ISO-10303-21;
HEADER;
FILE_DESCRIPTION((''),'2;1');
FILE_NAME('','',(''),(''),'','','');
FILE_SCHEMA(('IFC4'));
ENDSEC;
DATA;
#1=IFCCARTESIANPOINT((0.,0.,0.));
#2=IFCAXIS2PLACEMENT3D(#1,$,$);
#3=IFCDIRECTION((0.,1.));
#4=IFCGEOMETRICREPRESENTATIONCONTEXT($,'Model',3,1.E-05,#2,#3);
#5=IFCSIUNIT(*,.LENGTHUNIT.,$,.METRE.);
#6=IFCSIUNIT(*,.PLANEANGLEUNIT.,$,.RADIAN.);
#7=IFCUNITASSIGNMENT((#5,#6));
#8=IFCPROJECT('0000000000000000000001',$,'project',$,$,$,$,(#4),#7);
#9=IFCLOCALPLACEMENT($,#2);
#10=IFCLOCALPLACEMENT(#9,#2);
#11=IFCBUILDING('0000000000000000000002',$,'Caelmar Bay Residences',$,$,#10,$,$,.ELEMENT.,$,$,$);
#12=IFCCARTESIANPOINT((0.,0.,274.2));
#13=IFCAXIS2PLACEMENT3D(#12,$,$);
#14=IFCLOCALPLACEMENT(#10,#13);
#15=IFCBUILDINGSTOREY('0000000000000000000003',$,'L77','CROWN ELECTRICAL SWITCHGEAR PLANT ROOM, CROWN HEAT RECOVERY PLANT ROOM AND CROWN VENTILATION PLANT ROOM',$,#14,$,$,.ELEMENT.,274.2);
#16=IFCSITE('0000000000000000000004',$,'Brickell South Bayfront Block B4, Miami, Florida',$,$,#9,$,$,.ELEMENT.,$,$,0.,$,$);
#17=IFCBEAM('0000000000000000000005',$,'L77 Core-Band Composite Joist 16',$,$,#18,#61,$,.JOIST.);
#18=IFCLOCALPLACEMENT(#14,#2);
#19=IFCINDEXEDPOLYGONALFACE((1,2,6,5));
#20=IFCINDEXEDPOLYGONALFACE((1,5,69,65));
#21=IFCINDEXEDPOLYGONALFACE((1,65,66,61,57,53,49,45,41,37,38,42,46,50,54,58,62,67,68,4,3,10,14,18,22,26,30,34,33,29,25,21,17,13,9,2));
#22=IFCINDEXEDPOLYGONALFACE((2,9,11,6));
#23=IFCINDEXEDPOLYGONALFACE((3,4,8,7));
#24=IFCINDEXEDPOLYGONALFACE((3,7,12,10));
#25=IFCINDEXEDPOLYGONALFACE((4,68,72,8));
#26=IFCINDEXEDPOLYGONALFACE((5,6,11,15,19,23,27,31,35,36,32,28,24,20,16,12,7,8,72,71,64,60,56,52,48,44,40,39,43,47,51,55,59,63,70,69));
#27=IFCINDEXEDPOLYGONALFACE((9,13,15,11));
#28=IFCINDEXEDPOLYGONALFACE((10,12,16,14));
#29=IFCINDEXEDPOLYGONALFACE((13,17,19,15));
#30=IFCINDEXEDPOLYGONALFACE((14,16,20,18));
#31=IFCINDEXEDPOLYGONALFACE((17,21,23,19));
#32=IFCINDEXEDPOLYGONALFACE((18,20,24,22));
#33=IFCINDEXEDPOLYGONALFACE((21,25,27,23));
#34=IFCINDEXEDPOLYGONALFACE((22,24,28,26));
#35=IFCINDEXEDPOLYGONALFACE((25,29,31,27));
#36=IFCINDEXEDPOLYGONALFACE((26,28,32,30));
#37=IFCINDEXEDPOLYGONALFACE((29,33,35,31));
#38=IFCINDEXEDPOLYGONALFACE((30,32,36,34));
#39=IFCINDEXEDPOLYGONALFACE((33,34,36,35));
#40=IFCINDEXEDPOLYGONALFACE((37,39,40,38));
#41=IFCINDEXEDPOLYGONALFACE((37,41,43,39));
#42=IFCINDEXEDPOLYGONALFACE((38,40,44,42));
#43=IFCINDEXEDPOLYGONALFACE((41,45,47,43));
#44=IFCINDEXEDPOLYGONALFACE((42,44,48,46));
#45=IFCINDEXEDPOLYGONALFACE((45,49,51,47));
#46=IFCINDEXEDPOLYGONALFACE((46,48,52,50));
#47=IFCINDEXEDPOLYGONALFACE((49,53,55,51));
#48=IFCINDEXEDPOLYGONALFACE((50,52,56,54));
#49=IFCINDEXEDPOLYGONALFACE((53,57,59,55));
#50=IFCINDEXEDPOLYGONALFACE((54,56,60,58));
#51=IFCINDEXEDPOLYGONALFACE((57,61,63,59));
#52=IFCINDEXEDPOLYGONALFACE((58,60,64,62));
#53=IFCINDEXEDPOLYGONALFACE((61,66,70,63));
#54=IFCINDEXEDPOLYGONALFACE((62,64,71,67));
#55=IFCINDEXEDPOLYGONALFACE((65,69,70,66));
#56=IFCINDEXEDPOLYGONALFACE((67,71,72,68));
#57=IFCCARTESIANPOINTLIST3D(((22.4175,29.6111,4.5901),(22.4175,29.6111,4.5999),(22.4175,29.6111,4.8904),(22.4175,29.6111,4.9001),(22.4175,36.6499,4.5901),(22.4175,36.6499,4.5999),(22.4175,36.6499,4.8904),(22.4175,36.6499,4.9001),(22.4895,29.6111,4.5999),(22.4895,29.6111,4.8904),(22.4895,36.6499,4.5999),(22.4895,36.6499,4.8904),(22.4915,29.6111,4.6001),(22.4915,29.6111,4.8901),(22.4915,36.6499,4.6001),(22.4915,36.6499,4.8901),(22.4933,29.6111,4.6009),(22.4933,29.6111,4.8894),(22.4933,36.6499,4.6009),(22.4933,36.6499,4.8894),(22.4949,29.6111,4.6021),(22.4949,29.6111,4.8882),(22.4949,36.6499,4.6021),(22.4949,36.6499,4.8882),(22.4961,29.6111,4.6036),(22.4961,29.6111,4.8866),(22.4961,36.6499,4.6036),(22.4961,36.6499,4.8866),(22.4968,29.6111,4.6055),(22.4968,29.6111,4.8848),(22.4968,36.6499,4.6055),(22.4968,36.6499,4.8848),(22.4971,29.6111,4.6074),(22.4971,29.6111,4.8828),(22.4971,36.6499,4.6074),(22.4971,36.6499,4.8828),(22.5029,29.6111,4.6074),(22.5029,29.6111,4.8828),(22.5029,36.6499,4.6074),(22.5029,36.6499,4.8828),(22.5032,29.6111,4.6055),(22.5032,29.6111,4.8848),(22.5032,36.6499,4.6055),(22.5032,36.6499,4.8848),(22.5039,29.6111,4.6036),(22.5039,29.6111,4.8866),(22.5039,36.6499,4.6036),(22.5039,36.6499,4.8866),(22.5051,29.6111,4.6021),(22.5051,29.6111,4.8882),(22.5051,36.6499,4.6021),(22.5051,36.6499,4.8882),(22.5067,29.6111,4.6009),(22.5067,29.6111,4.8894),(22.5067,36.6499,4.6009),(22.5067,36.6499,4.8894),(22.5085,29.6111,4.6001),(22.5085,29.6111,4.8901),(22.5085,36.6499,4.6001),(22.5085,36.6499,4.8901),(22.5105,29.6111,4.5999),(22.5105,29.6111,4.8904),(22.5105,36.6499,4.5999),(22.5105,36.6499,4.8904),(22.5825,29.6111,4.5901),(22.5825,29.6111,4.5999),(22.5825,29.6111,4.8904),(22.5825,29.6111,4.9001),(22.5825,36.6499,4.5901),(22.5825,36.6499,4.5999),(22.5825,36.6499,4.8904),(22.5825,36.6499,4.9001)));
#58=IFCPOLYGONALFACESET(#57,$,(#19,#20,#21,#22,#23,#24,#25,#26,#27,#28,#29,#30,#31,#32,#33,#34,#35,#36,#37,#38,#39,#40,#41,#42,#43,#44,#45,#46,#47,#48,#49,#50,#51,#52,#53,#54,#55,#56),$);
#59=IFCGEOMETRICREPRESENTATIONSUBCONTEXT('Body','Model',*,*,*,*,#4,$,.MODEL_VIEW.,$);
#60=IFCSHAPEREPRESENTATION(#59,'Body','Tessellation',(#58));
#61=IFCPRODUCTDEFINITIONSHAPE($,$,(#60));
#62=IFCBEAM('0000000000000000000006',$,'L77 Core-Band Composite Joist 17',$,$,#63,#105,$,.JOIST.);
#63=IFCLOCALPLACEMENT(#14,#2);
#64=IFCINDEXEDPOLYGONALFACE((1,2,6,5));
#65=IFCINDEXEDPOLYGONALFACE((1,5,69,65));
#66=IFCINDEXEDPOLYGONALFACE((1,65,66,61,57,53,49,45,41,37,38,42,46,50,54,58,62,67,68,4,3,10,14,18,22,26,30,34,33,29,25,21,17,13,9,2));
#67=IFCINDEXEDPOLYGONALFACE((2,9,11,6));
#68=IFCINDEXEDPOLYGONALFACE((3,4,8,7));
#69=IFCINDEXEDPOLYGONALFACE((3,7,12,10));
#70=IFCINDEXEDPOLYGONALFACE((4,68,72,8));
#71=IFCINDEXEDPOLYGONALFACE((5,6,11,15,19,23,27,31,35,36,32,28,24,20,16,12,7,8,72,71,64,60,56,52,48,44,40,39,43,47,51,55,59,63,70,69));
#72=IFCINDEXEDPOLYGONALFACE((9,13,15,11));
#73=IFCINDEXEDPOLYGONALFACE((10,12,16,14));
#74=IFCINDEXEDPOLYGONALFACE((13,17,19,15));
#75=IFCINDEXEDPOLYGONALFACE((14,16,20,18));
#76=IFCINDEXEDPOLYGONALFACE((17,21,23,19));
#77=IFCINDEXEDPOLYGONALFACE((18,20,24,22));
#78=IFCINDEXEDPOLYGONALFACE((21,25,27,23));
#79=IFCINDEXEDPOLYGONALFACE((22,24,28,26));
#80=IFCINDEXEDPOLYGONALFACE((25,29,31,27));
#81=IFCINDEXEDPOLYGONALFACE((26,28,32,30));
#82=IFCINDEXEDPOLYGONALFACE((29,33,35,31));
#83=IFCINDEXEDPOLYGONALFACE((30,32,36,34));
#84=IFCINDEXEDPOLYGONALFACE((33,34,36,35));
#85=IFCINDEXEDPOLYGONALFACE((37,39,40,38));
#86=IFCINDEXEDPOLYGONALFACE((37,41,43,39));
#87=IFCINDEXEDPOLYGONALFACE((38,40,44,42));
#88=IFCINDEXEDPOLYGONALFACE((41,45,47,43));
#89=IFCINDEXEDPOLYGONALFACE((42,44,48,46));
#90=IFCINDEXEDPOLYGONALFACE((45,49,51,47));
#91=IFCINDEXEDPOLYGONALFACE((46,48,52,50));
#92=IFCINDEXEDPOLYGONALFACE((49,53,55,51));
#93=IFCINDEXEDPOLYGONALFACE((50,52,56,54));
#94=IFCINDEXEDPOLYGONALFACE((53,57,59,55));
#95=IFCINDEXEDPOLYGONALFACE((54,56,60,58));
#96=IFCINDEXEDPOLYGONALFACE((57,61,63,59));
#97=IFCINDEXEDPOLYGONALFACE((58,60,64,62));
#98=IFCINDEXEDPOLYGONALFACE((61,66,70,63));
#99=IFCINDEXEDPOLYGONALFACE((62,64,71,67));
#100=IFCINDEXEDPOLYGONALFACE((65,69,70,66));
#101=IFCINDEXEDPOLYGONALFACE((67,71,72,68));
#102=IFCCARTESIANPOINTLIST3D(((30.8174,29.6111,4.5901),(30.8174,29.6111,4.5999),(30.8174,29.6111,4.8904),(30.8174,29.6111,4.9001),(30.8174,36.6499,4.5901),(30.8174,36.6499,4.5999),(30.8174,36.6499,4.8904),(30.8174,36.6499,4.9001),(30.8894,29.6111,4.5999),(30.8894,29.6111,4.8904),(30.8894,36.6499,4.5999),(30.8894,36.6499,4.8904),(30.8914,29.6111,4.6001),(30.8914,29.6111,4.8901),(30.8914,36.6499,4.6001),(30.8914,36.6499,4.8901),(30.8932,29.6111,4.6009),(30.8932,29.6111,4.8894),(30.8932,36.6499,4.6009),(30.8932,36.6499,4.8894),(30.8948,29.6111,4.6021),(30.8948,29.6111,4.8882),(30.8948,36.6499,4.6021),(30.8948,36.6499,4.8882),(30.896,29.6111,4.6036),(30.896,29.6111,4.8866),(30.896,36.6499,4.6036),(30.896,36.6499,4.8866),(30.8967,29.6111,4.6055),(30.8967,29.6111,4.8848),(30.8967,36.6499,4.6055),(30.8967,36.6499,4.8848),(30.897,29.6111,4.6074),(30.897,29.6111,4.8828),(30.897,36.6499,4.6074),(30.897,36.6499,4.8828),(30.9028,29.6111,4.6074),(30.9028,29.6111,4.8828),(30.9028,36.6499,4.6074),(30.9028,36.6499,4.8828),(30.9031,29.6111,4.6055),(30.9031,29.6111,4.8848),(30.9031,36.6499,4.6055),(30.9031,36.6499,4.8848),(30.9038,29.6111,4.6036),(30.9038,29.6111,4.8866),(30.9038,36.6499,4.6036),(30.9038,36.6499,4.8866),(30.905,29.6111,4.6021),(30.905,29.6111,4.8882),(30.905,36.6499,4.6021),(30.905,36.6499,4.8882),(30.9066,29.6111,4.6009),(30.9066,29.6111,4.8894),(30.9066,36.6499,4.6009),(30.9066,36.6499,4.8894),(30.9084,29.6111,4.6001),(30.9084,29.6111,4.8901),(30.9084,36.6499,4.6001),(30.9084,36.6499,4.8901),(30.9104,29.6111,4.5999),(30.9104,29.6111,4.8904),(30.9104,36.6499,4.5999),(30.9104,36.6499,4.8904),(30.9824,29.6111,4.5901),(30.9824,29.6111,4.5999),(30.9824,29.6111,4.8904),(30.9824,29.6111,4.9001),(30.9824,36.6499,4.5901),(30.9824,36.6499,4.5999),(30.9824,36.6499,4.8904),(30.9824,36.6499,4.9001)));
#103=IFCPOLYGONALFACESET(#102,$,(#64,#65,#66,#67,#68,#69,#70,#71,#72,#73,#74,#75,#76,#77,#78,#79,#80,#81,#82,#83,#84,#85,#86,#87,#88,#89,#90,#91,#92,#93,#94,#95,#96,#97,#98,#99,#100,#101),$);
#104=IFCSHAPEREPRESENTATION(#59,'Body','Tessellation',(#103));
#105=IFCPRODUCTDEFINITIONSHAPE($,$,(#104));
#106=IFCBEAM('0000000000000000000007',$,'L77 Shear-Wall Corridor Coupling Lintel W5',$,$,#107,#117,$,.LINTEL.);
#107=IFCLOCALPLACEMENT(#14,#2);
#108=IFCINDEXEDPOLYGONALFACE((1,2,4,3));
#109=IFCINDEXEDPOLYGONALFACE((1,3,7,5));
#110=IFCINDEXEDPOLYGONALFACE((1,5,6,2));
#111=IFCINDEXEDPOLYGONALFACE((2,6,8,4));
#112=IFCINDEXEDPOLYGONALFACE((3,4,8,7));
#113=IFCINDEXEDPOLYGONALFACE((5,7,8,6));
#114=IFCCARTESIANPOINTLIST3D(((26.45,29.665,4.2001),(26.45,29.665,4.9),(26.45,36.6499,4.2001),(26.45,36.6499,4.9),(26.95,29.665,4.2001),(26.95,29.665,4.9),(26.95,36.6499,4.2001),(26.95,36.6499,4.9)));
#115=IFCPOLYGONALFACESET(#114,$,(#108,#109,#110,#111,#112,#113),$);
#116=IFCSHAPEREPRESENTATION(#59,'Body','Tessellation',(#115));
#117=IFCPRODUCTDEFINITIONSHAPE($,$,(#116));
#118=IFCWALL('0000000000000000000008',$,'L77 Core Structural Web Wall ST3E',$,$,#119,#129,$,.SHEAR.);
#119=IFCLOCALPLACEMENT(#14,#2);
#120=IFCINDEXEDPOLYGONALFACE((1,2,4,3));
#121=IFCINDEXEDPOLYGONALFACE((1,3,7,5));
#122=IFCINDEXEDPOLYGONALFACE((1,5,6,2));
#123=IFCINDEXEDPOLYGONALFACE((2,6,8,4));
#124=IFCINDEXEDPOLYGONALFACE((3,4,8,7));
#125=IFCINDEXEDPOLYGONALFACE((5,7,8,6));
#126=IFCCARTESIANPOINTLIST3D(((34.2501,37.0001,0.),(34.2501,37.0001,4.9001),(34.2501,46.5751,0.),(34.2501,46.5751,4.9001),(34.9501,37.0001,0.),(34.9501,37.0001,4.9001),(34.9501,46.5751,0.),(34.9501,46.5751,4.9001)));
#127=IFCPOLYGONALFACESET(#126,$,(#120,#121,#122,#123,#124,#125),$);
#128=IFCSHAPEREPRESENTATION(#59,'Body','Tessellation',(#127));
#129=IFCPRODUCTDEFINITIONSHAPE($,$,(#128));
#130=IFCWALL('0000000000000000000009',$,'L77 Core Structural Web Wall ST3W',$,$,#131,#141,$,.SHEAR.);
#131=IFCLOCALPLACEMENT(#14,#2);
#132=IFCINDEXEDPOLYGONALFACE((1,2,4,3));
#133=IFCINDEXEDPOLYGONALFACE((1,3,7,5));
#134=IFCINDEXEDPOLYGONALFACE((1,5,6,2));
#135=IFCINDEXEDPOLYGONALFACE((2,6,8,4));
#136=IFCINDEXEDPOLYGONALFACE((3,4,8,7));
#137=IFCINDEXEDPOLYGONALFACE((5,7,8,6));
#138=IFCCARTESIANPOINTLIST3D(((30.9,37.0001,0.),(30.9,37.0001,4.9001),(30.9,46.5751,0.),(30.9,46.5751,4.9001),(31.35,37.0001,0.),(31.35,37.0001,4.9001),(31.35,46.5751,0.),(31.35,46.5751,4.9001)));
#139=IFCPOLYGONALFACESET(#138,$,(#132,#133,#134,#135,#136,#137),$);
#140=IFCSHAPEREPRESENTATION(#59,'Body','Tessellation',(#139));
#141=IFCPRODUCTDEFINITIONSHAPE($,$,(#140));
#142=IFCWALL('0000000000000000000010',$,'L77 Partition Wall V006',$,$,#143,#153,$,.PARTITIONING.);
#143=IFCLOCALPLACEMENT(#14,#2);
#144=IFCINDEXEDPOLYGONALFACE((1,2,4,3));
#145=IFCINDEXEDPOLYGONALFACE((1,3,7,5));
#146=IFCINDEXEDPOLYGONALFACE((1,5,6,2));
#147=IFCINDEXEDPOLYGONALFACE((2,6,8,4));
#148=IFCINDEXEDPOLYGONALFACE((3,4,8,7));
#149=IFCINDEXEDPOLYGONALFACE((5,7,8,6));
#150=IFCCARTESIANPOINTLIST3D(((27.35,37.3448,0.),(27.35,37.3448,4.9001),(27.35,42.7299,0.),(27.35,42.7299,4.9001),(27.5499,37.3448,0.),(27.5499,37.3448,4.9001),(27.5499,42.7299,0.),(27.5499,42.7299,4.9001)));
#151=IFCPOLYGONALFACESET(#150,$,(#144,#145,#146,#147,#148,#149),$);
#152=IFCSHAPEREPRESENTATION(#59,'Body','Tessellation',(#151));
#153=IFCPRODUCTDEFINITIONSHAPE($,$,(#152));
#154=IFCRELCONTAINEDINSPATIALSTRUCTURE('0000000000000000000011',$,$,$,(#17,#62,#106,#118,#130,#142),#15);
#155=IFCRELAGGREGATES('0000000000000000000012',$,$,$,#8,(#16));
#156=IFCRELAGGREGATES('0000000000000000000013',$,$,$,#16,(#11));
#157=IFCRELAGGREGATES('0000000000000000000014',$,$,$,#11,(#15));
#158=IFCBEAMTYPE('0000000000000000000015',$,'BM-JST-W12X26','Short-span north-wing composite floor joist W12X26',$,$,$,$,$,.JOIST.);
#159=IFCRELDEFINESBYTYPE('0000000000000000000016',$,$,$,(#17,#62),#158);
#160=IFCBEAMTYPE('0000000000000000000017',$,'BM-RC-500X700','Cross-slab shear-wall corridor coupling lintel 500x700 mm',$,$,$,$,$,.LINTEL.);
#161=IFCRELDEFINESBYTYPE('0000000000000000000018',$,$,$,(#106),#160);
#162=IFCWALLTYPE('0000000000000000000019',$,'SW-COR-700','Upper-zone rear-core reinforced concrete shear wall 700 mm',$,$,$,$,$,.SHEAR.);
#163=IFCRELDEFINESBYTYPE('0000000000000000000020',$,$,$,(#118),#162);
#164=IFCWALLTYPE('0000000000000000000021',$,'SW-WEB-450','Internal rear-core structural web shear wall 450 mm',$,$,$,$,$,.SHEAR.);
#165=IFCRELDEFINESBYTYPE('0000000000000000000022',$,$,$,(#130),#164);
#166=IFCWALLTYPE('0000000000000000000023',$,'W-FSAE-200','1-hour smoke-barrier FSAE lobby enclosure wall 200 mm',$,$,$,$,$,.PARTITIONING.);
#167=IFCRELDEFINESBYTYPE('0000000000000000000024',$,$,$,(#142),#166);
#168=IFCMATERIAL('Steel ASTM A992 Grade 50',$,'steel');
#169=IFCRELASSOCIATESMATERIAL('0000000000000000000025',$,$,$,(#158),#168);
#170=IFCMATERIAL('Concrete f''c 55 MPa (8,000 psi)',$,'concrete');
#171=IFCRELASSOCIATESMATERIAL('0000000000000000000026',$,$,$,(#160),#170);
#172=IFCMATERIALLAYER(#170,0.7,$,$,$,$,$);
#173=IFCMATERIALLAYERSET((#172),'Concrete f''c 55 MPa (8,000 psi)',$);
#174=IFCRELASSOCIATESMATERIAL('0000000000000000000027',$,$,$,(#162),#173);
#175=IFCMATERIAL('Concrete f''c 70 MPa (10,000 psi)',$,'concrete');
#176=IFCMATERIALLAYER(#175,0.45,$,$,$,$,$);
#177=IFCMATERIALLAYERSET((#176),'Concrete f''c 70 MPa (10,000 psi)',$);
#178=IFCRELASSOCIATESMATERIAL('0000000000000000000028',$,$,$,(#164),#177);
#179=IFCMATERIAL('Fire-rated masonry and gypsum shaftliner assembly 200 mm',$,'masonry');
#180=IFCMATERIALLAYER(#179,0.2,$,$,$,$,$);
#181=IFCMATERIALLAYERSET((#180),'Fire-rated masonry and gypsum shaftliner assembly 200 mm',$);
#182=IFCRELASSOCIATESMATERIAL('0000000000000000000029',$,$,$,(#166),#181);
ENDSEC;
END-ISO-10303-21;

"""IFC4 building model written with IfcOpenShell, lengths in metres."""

from ifc_helpers import new_model, si_unit, direction, frame, frame_2d, origin, origin_2d, place, context, subcontext, project, spatial, rectangle, i_section, extrude, material, layer, layer_set, material_profile, profile_set, type_object, element, save


model = new_model("IFC4")

# Units and contexts
model_context = context("Model", 3, precision=1e-05, world=origin(), true_north=direction((0.0, 1.0)))
body_context = subcontext(model_context, "Body", "Model", "MODEL_VIEW")
ifc_project = project(units=[si_unit("LENGTHUNIT", "METRE"), si_unit("PLANEANGLEUNIT", "RADIAN")], contexts=[model_context])

# Site, building, storey
site_placement = place(None, origin())
site = spatial("IfcSite", under=ifc_project, at=site_placement, Name="Brickell South Bayfront Block B4, Miami, Florida", CompositionType="ELEMENT", RefElevation=0.0)
building_placement = place(site_placement, origin())
building = spatial("IfcBuilding", under=site, at=building_placement, Name="Caelmar Bay Residences", CompositionType="ELEMENT")
storey_placement = place(building_placement, frame((0.0, 0.0, 274.2)))
storey = spatial("IfcBuildingStorey", under=building, at=storey_placement, Name="L77", Description="CROWN ELECTRICAL SWITCHGEAR PLANT ROOM, CROWN HEAT RECOVERY PLANT ROOM AND CROWN VENTILATION PLANT ROOM", CompositionType="ELEMENT", Elevation=274.2)

# Beams
ifc_material_1 = material(Name="Steel ASTM A992 Grade 50", Category="steel")
ifc_material_profile_1 = material_profile(ifc_material_1, i_section(OverallWidth=0.165, OverallDepth=0.3101, WebThickness=0.0059, FlangeThickness=0.0098, FilletRadius=0.0076, at=origin_2d()), Name="W12X26")
ifc_profile_set_1 = profile_set([ifc_material_profile_1], Name="Steel ASTM A992 Grade 50")
beam_type_1 = type_object("IfcBeamType", Name="BM-JST-W12X26", Description="Short-span north-wing composite floor joist W12X26", PredefinedType="JOIST", material=ifc_profile_set_1)
for number, where, z_axis, x_axis, name in (
    (1, (22.5, 29.6111, 4.7451), (0.0, 1.0, 0.0), (-1.0, 0.0, 0.0), "L77 Core-Band Composite Joist 16"),
    (2, (30.8999, 29.6111, 4.7451), (0.0, 1.0, 0.0), (-1.0, 0.0, 0.0), "L77 Core-Band Composite Joist 17"),
):
    element("IfcBeam", number, at=place(storey_placement, frame(where, z_axis=z_axis, x_axis=x_axis)), inside=storey, type_object=beam_type_1, Name=name, PredefinedType="JOIST", context=body_context, shape_type="SweptSolid", body=[
        extrude(i_section(OverallWidth=0.165, OverallDepth=0.3101, WebThickness=0.0059, FlangeThickness=0.0098, FilletRadius=0.0076, at=origin_2d()), origin(), (0.0, 0.0, 1.0), 7.0388),
    ])
ifc_material_2 = material(Name="Concrete f'c 55 MPa (8,000 psi)", Category="concrete")
ifc_material_profile_2 = material_profile(ifc_material_2, rectangle(XDim=0.5, YDim=0.7, at=origin_2d()), Name="RC-BM-500X700")
ifc_profile_set_2 = profile_set([ifc_material_profile_2], Name="Concrete f'c 55 MPa (8,000 psi)")
beam_type_2 = type_object("IfcBeamType", Name="BM-RC-500X700", Description="Cross-slab shear-wall corridor coupling lintel 500x700 mm", PredefinedType="LINTEL", material=ifc_profile_set_2)
beam_placement = place(storey_placement, frame((26.7, 29.665, 4.55), z_axis=(0.0, 1.0, 0.0), x_axis=(-1.0, 0.0, 0.0)))
element("IfcBeam", 3, at=beam_placement, inside=storey, type_object=beam_type_2, Name="L77 Shear-Wall Corridor Coupling Lintel W5", PredefinedType="LINTEL", context=body_context, shape_type="SweptSolid", body=[
    extrude(rectangle(XDim=0.5, YDim=0.7, at=origin_2d()), origin(), (0.0, 0.0, 1.0), 6.9849),
])

# Shared definitions
ifc_layer_1 = layer(ifc_material_2, 0.7)
ifc_layer_set_1 = layer_set([ifc_layer_1], Name="Concrete f'c 55 MPa (8,000 psi)")
wall_type_1 = type_object("IfcWallType", Name="SW-COR-700", Description="Upper-zone rear-core reinforced concrete shear wall 700 mm", PredefinedType="SHEAR", material=ifc_layer_set_1)

# Walls
wall_1_placement = place(storey_placement, frame((34.6001, 37.0, 0.0), z_axis=(0.0, 0.0, 1.0), x_axis=(0.0, 1.0, 0.0)))
element("IfcWall", 4, at=wall_1_placement, inside=storey, type_object=wall_type_1, Name="L77 Core Structural Web Wall ST3E", PredefinedType="SHEAR", context=body_context, shape_type="SweptSolid", body=[
    extrude(rectangle(XDim=9.575, YDim=0.7, at=frame_2d((4.7876, 0.0))), origin(), (0.0, 0.0, 1.0), 4.9001),
])
ifc_material_3 = material(Name="Concrete f'c 70 MPa (10,000 psi)", Category="concrete")
ifc_layer_2 = layer(ifc_material_3, 0.45)
ifc_layer_set_2 = layer_set([ifc_layer_2], Name="Concrete f'c 70 MPa (10,000 psi)")
wall_type_2 = type_object("IfcWallType", Name="SW-WEB-450", Description="Internal rear-core structural web shear wall 450 mm", PredefinedType="SHEAR", material=ifc_layer_set_2)
wall_2_placement = place(storey_placement, frame((31.125, 37.0, 0.0), z_axis=(0.0, 0.0, 1.0), x_axis=(0.0, 1.0, 0.0)))
element("IfcWall", 5, at=wall_2_placement, inside=storey, type_object=wall_type_2, Name="L77 Core Structural Web Wall ST3W", PredefinedType="SHEAR", context=body_context, shape_type="SweptSolid", body=[
    extrude(rectangle(XDim=9.575, YDim=0.45, at=frame_2d((4.7876, 0.0))), origin(), (0.0, 0.0, 1.0), 4.9001),
])
ifc_material_4 = material(Name="Fire-rated masonry and gypsum shaftliner assembly 200 mm", Category="masonry")
ifc_layer_3 = layer(ifc_material_4, 0.2)
ifc_layer_set_3 = layer_set([ifc_layer_3], Name="Fire-rated masonry and gypsum shaftliner assembly 200 mm")
wall_type_3 = type_object("IfcWallType", Name="W-FSAE-200", Description="1-hour smoke-barrier FSAE lobby enclosure wall 200 mm", PredefinedType="PARTITIONING", material=ifc_layer_set_3)
wall_3_placement = place(storey_placement, frame((27.45, 37.345, 0.0), z_axis=(0.0, 0.0, 1.0), x_axis=(0.0, 1.0, 0.0)))
element("IfcWall", 6, at=wall_3_placement, inside=storey, type_object=wall_type_3, Name="L77 Partition Wall V006", PredefinedType="PARTITIONING", context=body_context, shape_type="SweptSolid", body=[
    extrude(rectangle(XDim=5.385, YDim=0.2, at=frame_2d((2.6924, 0.0))), origin(), (0.0, 0.0, 1.0), 4.9001),
])

save(model, "model.ifc")
